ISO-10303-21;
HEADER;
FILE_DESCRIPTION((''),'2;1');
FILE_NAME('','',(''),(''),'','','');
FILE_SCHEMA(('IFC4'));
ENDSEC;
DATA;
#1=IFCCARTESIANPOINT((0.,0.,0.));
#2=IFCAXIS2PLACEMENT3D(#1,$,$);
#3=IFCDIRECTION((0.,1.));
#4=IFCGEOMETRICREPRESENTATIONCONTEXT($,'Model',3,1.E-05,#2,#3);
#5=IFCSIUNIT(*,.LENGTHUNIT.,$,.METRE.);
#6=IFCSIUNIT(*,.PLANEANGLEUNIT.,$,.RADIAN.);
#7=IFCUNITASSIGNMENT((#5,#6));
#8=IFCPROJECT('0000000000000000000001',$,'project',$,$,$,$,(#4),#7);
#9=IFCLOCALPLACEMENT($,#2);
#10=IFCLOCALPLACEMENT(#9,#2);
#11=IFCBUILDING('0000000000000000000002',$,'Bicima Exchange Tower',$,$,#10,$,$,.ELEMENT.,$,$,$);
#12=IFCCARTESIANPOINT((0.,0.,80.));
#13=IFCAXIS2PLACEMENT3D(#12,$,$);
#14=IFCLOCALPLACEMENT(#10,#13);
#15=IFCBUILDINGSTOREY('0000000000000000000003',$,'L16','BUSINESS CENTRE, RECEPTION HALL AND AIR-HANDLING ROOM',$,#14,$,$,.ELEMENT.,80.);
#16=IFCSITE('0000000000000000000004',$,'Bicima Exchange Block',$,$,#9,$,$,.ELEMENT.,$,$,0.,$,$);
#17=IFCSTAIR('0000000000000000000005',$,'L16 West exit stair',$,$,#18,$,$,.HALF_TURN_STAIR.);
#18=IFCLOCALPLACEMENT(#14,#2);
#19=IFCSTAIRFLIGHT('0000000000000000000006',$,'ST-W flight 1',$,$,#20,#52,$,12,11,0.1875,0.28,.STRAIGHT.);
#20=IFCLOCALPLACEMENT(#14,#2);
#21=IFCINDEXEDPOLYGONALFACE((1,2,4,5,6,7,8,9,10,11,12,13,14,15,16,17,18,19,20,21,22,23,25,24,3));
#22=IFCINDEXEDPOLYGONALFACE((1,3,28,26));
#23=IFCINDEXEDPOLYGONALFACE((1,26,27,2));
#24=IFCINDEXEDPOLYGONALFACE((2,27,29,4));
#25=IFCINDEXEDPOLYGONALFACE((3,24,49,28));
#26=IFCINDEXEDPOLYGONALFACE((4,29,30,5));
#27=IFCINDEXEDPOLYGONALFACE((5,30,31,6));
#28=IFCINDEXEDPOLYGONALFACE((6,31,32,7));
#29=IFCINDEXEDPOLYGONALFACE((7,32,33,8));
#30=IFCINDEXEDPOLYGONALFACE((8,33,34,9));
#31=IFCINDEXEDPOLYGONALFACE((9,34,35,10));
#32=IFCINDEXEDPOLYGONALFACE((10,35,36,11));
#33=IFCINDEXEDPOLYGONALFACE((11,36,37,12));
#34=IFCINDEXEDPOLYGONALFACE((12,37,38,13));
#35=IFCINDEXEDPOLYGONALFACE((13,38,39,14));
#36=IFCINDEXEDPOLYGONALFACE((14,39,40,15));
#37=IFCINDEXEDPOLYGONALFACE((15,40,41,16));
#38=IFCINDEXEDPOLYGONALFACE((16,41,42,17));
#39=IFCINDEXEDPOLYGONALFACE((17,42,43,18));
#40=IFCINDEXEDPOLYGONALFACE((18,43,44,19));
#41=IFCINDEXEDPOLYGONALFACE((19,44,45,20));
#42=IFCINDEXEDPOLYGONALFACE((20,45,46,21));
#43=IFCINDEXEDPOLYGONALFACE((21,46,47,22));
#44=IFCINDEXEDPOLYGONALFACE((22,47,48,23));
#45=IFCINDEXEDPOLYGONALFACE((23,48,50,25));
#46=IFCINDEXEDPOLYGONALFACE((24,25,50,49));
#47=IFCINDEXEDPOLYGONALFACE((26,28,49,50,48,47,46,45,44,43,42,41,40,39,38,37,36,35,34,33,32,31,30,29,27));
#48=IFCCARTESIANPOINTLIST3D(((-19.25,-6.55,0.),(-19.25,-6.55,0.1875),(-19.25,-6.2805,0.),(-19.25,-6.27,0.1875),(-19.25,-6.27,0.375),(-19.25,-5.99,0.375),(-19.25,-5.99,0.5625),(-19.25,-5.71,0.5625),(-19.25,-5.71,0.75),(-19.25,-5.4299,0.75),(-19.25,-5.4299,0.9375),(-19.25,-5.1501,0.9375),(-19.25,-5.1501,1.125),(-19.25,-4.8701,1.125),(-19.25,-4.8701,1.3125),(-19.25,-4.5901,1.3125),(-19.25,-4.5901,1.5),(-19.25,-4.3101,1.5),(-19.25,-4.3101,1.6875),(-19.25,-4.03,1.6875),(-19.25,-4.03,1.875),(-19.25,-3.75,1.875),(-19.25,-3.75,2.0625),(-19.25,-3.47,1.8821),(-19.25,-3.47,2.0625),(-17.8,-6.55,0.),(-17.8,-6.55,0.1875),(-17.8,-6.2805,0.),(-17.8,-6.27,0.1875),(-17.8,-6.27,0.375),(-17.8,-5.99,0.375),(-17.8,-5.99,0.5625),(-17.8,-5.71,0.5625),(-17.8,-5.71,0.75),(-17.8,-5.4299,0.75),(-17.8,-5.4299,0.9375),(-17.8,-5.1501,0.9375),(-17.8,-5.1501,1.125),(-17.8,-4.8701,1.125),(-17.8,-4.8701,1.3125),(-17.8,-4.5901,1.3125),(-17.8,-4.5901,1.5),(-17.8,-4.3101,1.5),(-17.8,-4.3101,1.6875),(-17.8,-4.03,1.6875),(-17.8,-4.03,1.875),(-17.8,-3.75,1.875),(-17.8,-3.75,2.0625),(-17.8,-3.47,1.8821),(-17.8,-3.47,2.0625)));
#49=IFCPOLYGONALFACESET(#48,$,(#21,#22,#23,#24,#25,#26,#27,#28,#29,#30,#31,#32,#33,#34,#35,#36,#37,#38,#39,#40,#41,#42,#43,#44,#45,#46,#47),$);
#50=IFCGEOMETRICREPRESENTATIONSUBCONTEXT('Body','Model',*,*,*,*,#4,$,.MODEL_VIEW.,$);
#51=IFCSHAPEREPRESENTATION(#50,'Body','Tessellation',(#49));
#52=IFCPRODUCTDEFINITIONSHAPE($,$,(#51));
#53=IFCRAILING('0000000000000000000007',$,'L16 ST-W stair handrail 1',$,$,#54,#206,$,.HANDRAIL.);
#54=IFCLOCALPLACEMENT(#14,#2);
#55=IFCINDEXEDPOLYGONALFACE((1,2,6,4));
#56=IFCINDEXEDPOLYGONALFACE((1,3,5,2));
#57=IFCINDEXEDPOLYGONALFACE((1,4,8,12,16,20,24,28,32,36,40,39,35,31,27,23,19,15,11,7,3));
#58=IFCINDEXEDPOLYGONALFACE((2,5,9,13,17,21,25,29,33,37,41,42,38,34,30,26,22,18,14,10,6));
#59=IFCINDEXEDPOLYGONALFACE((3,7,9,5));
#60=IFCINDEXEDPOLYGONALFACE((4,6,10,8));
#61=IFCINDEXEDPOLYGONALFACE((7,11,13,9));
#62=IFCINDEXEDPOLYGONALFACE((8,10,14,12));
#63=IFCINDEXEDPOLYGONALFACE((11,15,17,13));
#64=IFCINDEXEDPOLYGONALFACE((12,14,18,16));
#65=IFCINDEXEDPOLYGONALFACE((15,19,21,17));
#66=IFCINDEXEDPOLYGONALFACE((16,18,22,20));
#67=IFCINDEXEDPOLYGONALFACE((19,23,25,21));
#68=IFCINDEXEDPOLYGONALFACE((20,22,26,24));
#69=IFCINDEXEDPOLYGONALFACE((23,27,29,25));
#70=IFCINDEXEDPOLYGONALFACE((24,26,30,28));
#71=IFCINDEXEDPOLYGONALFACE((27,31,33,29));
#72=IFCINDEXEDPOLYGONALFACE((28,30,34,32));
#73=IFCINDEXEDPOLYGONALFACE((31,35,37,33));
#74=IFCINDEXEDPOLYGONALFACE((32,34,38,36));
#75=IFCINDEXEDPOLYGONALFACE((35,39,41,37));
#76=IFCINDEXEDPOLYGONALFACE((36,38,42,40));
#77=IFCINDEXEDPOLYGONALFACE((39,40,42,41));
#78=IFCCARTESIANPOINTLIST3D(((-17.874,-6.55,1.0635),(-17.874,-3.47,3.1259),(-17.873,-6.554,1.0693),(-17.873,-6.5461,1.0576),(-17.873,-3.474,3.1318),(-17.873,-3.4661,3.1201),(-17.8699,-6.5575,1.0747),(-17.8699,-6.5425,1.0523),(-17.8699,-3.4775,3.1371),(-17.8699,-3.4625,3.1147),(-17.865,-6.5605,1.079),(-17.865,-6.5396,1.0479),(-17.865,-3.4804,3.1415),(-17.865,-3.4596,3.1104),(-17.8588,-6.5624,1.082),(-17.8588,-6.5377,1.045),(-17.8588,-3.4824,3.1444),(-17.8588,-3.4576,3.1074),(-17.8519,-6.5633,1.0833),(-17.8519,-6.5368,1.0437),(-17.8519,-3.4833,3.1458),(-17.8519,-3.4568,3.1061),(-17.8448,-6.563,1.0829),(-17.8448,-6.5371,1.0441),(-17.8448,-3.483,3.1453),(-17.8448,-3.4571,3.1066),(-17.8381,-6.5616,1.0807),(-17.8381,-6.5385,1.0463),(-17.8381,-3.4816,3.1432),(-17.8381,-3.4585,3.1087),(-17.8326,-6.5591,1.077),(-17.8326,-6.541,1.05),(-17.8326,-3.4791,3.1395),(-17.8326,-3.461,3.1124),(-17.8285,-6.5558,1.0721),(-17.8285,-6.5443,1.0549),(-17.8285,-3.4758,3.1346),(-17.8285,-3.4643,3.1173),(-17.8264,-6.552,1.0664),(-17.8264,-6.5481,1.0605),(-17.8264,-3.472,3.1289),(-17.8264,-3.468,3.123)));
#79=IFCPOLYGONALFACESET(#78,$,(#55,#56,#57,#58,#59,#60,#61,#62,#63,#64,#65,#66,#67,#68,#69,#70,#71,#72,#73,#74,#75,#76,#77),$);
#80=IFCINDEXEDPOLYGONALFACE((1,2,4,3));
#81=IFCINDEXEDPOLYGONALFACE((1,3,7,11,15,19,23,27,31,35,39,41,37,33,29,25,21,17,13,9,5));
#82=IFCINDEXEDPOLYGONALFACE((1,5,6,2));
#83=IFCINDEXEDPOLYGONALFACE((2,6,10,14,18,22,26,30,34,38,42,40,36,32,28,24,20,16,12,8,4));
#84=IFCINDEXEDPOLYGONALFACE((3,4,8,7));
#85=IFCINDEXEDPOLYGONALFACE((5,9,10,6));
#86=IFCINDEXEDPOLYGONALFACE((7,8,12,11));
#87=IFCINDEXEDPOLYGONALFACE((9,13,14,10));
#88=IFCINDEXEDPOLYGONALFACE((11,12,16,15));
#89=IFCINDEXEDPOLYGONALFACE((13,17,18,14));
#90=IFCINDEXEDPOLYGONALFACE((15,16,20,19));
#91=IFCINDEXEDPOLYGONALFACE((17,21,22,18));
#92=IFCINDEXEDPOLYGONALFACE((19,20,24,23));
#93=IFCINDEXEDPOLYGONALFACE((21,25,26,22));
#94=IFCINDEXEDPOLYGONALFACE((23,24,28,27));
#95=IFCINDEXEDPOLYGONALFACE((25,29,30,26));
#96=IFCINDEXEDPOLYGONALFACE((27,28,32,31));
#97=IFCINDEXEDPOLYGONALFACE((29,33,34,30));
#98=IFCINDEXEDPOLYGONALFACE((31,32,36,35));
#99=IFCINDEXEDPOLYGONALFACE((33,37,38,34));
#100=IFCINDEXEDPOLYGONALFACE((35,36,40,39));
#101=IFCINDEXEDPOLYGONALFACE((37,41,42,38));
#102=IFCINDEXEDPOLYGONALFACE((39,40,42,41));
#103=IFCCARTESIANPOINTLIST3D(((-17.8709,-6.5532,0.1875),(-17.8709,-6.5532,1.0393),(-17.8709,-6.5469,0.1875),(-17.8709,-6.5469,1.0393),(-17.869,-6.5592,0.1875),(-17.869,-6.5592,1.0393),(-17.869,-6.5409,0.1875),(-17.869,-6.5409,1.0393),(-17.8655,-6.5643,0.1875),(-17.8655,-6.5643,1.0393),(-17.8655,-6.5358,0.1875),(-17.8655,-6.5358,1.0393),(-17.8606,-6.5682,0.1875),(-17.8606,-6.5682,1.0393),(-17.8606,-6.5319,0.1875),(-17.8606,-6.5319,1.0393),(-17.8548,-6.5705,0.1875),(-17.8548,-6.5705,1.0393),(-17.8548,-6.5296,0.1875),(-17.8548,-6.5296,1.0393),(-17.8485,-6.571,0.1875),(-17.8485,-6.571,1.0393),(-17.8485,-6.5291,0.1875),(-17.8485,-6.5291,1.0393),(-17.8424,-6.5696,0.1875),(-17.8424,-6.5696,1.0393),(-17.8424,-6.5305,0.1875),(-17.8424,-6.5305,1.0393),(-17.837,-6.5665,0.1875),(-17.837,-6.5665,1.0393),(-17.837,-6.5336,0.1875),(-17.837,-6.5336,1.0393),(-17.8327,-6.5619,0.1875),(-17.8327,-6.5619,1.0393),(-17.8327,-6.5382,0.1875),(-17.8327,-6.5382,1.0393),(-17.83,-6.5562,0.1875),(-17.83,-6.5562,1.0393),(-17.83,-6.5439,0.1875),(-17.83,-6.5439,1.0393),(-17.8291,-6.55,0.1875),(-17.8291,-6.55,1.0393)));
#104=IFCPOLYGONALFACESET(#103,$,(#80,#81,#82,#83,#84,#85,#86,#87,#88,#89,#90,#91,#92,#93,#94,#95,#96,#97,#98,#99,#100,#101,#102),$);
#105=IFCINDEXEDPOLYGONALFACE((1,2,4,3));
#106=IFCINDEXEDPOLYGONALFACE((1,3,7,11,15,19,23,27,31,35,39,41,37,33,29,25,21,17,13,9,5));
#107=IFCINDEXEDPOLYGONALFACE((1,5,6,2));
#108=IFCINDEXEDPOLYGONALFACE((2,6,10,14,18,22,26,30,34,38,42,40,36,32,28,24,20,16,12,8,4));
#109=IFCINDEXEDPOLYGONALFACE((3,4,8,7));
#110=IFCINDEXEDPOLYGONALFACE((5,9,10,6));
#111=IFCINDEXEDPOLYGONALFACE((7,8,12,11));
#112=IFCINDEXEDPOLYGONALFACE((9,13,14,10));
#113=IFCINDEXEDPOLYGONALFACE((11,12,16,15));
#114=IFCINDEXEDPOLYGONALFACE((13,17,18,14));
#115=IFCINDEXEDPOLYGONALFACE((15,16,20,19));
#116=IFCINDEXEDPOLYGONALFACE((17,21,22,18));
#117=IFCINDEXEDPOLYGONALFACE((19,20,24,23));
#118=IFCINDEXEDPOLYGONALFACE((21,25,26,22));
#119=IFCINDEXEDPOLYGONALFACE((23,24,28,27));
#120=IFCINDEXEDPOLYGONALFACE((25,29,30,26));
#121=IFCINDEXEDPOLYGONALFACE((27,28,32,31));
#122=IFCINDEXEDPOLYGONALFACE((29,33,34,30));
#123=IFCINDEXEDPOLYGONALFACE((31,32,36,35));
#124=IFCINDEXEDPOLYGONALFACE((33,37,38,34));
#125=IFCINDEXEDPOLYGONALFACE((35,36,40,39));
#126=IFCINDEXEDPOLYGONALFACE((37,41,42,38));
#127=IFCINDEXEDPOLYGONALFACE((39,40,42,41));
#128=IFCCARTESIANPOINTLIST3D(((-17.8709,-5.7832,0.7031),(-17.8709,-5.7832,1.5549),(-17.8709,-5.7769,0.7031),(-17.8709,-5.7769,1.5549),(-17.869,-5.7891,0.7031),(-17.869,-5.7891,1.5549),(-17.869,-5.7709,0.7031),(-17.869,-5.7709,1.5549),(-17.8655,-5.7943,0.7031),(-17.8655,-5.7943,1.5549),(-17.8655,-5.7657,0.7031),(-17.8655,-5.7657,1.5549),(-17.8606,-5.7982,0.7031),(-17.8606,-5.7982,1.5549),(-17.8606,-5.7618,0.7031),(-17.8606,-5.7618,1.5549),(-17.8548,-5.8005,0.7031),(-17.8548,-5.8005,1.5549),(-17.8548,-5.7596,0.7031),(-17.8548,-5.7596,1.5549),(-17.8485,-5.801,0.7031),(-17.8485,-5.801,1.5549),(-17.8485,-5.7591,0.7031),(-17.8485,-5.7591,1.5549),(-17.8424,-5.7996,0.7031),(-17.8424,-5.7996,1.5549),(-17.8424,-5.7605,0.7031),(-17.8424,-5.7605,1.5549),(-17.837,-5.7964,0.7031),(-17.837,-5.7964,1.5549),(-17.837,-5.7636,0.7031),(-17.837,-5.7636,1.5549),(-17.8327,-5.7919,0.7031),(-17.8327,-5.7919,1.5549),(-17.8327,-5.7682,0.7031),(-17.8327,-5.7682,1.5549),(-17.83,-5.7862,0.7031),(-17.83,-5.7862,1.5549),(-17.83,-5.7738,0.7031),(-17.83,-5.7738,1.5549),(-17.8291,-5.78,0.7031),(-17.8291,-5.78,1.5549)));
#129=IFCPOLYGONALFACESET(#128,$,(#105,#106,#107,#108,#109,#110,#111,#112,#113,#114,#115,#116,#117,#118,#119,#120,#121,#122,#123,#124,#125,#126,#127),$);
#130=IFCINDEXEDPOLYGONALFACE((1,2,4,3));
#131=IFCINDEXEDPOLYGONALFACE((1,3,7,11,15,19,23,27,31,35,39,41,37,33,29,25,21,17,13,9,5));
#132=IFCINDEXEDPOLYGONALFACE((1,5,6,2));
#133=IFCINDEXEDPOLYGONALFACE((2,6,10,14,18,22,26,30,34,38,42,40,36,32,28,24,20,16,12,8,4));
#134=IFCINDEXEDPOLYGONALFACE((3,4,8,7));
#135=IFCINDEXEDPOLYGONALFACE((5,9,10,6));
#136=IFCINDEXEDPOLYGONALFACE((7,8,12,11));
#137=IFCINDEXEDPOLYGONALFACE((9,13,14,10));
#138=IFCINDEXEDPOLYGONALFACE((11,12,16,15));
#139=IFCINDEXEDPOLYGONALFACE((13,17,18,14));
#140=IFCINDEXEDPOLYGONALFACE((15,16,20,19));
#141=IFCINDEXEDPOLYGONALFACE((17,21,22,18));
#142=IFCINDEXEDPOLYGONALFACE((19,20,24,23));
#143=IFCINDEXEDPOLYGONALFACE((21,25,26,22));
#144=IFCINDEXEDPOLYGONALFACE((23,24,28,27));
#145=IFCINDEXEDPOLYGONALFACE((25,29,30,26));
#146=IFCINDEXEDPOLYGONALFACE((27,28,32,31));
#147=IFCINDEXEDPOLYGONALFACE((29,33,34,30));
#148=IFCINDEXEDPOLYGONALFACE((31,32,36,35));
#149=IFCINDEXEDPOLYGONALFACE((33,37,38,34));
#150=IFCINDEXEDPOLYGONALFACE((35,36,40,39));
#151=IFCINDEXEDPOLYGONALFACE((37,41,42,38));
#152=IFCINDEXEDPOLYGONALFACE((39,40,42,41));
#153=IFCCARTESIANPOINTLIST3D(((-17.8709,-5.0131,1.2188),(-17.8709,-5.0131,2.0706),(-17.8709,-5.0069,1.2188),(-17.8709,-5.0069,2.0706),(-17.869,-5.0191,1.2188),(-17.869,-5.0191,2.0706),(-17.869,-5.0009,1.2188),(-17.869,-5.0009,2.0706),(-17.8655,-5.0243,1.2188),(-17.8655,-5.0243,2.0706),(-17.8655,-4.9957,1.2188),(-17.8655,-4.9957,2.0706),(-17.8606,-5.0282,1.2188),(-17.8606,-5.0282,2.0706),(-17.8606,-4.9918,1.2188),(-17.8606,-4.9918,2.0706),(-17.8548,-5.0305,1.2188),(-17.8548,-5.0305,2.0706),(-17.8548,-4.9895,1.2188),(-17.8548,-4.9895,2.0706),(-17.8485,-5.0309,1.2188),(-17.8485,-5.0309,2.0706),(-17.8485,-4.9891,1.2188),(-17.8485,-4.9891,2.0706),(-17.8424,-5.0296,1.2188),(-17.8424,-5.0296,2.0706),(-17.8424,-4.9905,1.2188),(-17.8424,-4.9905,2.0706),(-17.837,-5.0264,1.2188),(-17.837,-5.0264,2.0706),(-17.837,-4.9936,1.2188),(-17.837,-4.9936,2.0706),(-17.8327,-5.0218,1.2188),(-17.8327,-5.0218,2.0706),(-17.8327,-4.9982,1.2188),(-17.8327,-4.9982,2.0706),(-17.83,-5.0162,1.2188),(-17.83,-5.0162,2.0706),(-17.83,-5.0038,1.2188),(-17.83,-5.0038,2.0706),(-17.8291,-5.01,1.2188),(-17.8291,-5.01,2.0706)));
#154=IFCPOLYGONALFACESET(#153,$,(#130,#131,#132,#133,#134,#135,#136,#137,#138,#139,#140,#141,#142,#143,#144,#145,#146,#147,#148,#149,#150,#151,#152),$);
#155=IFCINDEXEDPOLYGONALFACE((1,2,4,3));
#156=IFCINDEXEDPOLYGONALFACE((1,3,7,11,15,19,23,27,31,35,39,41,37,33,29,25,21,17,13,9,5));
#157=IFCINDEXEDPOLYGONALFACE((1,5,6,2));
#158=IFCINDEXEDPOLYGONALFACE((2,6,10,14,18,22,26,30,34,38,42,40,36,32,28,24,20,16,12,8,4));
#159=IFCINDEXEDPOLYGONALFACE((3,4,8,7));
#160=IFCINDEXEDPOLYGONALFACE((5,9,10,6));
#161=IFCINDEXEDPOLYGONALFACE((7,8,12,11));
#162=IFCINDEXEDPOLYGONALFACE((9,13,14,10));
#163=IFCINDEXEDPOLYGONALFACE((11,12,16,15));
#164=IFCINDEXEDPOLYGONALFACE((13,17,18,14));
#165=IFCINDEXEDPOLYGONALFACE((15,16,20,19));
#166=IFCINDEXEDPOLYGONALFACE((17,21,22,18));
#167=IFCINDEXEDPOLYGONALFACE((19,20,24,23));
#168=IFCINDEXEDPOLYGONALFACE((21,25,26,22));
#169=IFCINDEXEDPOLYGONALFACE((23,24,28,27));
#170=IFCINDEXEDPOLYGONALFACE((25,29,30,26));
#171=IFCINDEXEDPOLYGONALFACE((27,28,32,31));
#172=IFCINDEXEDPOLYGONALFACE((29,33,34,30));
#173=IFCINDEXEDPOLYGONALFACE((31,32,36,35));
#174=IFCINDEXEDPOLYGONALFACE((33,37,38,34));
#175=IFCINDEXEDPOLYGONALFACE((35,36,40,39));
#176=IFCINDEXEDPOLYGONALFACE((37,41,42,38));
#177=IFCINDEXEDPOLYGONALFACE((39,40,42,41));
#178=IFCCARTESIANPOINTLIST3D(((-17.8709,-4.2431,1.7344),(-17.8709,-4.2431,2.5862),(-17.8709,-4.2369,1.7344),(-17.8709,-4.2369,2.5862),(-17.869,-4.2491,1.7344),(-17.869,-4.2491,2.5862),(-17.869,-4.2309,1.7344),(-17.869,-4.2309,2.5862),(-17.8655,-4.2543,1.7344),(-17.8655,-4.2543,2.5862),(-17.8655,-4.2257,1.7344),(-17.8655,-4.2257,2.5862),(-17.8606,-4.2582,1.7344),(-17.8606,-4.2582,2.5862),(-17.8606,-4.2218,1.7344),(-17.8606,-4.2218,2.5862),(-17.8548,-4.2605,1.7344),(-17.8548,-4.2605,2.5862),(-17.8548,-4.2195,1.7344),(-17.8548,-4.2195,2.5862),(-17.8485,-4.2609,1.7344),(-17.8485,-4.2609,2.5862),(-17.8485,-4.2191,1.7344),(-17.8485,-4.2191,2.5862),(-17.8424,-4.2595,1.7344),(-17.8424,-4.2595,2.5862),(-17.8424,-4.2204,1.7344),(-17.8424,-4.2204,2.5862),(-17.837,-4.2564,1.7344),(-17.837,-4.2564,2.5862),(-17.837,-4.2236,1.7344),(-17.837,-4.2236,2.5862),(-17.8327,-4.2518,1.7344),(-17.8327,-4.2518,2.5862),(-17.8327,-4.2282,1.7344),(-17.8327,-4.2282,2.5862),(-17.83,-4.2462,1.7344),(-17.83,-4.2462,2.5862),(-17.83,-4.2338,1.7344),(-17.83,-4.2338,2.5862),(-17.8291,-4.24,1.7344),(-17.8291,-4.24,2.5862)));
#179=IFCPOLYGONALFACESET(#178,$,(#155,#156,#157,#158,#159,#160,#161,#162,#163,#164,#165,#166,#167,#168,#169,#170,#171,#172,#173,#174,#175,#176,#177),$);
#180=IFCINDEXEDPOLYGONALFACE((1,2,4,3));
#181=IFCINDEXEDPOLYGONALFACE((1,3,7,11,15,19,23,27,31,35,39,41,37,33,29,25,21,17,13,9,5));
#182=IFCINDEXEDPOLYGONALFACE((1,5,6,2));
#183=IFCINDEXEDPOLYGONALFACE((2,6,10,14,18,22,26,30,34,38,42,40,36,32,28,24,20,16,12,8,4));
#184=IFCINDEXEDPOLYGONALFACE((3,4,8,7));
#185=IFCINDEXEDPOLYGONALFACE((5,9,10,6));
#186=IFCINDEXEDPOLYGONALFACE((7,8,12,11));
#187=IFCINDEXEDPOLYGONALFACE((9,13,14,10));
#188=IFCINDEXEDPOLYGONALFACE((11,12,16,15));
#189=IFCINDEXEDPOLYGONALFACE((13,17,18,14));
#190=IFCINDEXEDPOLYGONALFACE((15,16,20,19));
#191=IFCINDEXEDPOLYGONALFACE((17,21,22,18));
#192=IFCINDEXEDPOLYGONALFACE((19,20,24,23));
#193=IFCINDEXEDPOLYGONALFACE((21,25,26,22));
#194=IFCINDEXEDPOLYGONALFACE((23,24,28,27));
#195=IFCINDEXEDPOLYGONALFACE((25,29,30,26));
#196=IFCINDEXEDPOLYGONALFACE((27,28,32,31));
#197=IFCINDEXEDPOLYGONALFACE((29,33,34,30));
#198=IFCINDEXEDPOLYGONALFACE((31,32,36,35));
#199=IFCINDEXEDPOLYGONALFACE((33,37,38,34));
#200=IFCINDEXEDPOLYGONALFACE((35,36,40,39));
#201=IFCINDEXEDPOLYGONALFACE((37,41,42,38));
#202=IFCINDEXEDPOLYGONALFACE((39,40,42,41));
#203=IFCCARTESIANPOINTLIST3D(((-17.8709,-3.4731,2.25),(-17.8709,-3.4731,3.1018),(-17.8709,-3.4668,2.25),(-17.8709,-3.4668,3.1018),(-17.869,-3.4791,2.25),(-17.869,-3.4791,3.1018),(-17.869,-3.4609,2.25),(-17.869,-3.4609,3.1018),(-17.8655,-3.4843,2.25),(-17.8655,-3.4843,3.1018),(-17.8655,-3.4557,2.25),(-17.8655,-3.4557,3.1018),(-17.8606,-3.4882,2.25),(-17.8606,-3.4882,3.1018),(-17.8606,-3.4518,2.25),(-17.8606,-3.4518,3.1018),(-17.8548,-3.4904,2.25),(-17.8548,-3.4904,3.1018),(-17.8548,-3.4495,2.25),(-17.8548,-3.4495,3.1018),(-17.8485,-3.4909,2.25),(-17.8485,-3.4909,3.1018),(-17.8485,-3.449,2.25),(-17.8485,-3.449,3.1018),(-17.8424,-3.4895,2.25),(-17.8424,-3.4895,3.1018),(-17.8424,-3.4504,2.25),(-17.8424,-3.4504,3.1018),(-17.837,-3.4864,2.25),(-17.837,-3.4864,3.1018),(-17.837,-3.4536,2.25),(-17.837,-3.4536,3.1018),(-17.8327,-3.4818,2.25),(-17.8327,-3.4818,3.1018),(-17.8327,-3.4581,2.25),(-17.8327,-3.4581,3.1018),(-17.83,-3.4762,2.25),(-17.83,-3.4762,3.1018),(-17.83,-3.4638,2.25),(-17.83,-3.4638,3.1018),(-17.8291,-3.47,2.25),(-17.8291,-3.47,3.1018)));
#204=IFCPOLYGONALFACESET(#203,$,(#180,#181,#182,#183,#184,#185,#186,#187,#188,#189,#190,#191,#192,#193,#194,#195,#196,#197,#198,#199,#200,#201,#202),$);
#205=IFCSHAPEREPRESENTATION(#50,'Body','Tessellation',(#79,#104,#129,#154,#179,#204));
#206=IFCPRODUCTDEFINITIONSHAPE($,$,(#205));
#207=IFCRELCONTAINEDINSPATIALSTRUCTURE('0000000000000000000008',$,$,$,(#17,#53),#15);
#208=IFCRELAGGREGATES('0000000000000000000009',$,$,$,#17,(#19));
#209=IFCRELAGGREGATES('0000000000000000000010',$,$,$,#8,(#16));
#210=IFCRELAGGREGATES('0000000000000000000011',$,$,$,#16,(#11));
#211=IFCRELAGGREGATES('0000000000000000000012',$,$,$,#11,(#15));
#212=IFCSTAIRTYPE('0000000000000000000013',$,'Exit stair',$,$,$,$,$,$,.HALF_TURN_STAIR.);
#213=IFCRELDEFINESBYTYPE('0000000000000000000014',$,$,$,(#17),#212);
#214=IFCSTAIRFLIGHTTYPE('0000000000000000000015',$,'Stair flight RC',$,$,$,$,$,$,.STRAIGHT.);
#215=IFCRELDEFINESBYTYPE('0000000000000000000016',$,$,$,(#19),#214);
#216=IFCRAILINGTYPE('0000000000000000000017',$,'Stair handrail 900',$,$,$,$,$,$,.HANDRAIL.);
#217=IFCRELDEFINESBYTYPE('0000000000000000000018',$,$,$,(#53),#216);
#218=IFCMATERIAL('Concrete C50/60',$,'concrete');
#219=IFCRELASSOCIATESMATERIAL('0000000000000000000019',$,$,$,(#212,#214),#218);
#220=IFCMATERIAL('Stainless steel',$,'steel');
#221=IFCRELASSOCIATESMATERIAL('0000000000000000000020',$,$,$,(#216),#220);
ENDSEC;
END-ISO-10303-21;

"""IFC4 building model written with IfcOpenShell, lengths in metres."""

from ifc_helpers import new_model, si_unit, direction, frame, origin, origin_2d, place, context, subcontext, project, spatial, polyline, circle, outline, extrude, material, type_object, element, aggregate, save


model = new_model("IFC4")

# Units and contexts
model_context = context("Model", 3, precision=1e-05, world=origin(), true_north=direction((0.0, 1.0)))
body_context = subcontext(model_context, "Body", "Model", "MODEL_VIEW")
ifc_project = project(units=[si_unit("LENGTHUNIT", "METRE"), si_unit("PLANEANGLEUNIT", "RADIAN")], contexts=[model_context])

# Site, building, storey
site_placement = place(None, origin())
site = spatial("IfcSite", under=ifc_project, at=site_placement, Name="Bicima Exchange Block", CompositionType="ELEMENT", RefElevation=0.0)
building_placement = place(site_placement, origin())
building = spatial("IfcBuilding", under=site, at=building_placement, Name="Bicima Exchange Tower", CompositionType="ELEMENT")
storey_placement = place(building_placement, frame((0.0, 0.0, 80.0)))
storey = spatial("IfcBuildingStorey", under=building, at=storey_placement, Name="L16", Description="BUSINESS CENTRE, RECEPTION HALL AND AIR-HANDLING ROOM", CompositionType="ELEMENT", Elevation=80.0)

# Shared definitions
ifc_material_1 = material(Name="Concrete C50/60", Category="concrete")

# Shared definitions
ifc_material_2 = material(Name="Stainless steel", Category="steel")

# Stair, stair flight
stair_type = type_object("IfcStairType", Name="Exit stair", PredefinedType="HALF_TURN_STAIR", material=ifc_material_1)
stair_placement = place(storey_placement, origin())
stair = element("IfcStair", 1, at=stair_placement, inside=storey, type_object=stair_type, Name="L16 West exit stair", PredefinedType="HALF_TURN_STAIR")
stair_flight_type = type_object("IfcStairFlightType", Name="Stair flight RC", PredefinedType="STRAIGHT", material=ifc_material_1)
stair_flight_placement = place(storey_placement, frame((-18.5249, -6.55, 0.0), z_axis=(0.0, 0.0, 1.0), x_axis=(0.0, 1.0, 0.0)))
stair_flight = element("IfcStairFlight", 2, at=stair_flight_placement, type_object=stair_flight_type, Name="ST-W flight 1", NumberOfRisers=12, NumberOfTreads=11, PredefinedType="STRAIGHT", RiserHeight=0.1875, TreadLength=0.28, context=body_context, shape_type="SweptSolid", body=[
    extrude(outline(polyline([(0.0, 0.0), (0.0, 0.1875), (0.28, 0.1875), (0.28, 0.375), (0.5601, 0.375), (0.5601, 0.5625), (0.8401, 0.5625), (0.8401, 0.75), (1.1201, 0.75), (1.1201, 0.9375), (1.3999, 0.9375), (1.3999, 1.125), (1.6799, 1.125), (1.6799, 1.3125), (1.96, 1.3125), (1.96, 1.5), (2.24, 1.5), (2.24, 1.6875), (2.52, 1.6875), (2.52, 1.875), (2.8, 1.875), (2.8, 2.0625), (3.0801, 2.0625), (3.0801, 2.25), (3.0801, 1.8821), (0.2695, 0.0), (0.0, 0.0)])), frame((0.0, 0.7251, 0.0), z_axis=(0.0, -1.0, 0.0), x_axis=(1.0, 0.0, 0.0)), (0.0, 0.0, 1.0), 1.45),
])
aggregate(stair, [stair_flight])

# Railing
railing_type_1 = type_object("IfcRailingType", Name="Stair handrail 900", PredefinedType="HANDRAIL", material=ifc_material_2)
railing_1_placement = place(storey_placement, frame((-17.8501, -6.55, 0.1875)))
element("IfcRailing", 3, at=railing_1_placement, inside=storey, type_object=railing_type_1, Name="L16 ST-W stair handrail 1", PredefinedType="HANDRAIL", context=body_context, shape_type="SweptSolid", body=[
    extrude(circle(Radius=0.0239, at=origin_2d()), frame((0.0, 0.0, 0.876), z_axis=(0.0, 0.830914, 0.556401), x_axis=(-1.0, 0.0, 0.0)), (0.0, 0.0, 1.0), 3.7068),
    extrude(circle(Radius=0.021, at=origin_2d()), origin(), (0.0, 0.0, 1.0), 0.8518),
    extrude(circle(Radius=0.021, at=origin_2d()), frame((0.0, 0.77, 0.5156)), (0.0, 0.0, 1.0), 0.8518),
    extrude(circle(Radius=0.021, at=origin_2d()), frame((0.0, 1.54, 1.0312)), (0.0, 0.0, 1.0), 0.8518),
    extrude(circle(Radius=0.021, at=origin_2d()), frame((0.0, 2.3101, 1.5469)), (0.0, 0.0, 1.0), 0.8518),
    extrude(circle(Radius=0.021, at=origin_2d()), frame((0.0, 3.0801, 2.0625)), (0.0, 0.0, 1.0), 0.8518),
])

save(model, "model.ifc")
